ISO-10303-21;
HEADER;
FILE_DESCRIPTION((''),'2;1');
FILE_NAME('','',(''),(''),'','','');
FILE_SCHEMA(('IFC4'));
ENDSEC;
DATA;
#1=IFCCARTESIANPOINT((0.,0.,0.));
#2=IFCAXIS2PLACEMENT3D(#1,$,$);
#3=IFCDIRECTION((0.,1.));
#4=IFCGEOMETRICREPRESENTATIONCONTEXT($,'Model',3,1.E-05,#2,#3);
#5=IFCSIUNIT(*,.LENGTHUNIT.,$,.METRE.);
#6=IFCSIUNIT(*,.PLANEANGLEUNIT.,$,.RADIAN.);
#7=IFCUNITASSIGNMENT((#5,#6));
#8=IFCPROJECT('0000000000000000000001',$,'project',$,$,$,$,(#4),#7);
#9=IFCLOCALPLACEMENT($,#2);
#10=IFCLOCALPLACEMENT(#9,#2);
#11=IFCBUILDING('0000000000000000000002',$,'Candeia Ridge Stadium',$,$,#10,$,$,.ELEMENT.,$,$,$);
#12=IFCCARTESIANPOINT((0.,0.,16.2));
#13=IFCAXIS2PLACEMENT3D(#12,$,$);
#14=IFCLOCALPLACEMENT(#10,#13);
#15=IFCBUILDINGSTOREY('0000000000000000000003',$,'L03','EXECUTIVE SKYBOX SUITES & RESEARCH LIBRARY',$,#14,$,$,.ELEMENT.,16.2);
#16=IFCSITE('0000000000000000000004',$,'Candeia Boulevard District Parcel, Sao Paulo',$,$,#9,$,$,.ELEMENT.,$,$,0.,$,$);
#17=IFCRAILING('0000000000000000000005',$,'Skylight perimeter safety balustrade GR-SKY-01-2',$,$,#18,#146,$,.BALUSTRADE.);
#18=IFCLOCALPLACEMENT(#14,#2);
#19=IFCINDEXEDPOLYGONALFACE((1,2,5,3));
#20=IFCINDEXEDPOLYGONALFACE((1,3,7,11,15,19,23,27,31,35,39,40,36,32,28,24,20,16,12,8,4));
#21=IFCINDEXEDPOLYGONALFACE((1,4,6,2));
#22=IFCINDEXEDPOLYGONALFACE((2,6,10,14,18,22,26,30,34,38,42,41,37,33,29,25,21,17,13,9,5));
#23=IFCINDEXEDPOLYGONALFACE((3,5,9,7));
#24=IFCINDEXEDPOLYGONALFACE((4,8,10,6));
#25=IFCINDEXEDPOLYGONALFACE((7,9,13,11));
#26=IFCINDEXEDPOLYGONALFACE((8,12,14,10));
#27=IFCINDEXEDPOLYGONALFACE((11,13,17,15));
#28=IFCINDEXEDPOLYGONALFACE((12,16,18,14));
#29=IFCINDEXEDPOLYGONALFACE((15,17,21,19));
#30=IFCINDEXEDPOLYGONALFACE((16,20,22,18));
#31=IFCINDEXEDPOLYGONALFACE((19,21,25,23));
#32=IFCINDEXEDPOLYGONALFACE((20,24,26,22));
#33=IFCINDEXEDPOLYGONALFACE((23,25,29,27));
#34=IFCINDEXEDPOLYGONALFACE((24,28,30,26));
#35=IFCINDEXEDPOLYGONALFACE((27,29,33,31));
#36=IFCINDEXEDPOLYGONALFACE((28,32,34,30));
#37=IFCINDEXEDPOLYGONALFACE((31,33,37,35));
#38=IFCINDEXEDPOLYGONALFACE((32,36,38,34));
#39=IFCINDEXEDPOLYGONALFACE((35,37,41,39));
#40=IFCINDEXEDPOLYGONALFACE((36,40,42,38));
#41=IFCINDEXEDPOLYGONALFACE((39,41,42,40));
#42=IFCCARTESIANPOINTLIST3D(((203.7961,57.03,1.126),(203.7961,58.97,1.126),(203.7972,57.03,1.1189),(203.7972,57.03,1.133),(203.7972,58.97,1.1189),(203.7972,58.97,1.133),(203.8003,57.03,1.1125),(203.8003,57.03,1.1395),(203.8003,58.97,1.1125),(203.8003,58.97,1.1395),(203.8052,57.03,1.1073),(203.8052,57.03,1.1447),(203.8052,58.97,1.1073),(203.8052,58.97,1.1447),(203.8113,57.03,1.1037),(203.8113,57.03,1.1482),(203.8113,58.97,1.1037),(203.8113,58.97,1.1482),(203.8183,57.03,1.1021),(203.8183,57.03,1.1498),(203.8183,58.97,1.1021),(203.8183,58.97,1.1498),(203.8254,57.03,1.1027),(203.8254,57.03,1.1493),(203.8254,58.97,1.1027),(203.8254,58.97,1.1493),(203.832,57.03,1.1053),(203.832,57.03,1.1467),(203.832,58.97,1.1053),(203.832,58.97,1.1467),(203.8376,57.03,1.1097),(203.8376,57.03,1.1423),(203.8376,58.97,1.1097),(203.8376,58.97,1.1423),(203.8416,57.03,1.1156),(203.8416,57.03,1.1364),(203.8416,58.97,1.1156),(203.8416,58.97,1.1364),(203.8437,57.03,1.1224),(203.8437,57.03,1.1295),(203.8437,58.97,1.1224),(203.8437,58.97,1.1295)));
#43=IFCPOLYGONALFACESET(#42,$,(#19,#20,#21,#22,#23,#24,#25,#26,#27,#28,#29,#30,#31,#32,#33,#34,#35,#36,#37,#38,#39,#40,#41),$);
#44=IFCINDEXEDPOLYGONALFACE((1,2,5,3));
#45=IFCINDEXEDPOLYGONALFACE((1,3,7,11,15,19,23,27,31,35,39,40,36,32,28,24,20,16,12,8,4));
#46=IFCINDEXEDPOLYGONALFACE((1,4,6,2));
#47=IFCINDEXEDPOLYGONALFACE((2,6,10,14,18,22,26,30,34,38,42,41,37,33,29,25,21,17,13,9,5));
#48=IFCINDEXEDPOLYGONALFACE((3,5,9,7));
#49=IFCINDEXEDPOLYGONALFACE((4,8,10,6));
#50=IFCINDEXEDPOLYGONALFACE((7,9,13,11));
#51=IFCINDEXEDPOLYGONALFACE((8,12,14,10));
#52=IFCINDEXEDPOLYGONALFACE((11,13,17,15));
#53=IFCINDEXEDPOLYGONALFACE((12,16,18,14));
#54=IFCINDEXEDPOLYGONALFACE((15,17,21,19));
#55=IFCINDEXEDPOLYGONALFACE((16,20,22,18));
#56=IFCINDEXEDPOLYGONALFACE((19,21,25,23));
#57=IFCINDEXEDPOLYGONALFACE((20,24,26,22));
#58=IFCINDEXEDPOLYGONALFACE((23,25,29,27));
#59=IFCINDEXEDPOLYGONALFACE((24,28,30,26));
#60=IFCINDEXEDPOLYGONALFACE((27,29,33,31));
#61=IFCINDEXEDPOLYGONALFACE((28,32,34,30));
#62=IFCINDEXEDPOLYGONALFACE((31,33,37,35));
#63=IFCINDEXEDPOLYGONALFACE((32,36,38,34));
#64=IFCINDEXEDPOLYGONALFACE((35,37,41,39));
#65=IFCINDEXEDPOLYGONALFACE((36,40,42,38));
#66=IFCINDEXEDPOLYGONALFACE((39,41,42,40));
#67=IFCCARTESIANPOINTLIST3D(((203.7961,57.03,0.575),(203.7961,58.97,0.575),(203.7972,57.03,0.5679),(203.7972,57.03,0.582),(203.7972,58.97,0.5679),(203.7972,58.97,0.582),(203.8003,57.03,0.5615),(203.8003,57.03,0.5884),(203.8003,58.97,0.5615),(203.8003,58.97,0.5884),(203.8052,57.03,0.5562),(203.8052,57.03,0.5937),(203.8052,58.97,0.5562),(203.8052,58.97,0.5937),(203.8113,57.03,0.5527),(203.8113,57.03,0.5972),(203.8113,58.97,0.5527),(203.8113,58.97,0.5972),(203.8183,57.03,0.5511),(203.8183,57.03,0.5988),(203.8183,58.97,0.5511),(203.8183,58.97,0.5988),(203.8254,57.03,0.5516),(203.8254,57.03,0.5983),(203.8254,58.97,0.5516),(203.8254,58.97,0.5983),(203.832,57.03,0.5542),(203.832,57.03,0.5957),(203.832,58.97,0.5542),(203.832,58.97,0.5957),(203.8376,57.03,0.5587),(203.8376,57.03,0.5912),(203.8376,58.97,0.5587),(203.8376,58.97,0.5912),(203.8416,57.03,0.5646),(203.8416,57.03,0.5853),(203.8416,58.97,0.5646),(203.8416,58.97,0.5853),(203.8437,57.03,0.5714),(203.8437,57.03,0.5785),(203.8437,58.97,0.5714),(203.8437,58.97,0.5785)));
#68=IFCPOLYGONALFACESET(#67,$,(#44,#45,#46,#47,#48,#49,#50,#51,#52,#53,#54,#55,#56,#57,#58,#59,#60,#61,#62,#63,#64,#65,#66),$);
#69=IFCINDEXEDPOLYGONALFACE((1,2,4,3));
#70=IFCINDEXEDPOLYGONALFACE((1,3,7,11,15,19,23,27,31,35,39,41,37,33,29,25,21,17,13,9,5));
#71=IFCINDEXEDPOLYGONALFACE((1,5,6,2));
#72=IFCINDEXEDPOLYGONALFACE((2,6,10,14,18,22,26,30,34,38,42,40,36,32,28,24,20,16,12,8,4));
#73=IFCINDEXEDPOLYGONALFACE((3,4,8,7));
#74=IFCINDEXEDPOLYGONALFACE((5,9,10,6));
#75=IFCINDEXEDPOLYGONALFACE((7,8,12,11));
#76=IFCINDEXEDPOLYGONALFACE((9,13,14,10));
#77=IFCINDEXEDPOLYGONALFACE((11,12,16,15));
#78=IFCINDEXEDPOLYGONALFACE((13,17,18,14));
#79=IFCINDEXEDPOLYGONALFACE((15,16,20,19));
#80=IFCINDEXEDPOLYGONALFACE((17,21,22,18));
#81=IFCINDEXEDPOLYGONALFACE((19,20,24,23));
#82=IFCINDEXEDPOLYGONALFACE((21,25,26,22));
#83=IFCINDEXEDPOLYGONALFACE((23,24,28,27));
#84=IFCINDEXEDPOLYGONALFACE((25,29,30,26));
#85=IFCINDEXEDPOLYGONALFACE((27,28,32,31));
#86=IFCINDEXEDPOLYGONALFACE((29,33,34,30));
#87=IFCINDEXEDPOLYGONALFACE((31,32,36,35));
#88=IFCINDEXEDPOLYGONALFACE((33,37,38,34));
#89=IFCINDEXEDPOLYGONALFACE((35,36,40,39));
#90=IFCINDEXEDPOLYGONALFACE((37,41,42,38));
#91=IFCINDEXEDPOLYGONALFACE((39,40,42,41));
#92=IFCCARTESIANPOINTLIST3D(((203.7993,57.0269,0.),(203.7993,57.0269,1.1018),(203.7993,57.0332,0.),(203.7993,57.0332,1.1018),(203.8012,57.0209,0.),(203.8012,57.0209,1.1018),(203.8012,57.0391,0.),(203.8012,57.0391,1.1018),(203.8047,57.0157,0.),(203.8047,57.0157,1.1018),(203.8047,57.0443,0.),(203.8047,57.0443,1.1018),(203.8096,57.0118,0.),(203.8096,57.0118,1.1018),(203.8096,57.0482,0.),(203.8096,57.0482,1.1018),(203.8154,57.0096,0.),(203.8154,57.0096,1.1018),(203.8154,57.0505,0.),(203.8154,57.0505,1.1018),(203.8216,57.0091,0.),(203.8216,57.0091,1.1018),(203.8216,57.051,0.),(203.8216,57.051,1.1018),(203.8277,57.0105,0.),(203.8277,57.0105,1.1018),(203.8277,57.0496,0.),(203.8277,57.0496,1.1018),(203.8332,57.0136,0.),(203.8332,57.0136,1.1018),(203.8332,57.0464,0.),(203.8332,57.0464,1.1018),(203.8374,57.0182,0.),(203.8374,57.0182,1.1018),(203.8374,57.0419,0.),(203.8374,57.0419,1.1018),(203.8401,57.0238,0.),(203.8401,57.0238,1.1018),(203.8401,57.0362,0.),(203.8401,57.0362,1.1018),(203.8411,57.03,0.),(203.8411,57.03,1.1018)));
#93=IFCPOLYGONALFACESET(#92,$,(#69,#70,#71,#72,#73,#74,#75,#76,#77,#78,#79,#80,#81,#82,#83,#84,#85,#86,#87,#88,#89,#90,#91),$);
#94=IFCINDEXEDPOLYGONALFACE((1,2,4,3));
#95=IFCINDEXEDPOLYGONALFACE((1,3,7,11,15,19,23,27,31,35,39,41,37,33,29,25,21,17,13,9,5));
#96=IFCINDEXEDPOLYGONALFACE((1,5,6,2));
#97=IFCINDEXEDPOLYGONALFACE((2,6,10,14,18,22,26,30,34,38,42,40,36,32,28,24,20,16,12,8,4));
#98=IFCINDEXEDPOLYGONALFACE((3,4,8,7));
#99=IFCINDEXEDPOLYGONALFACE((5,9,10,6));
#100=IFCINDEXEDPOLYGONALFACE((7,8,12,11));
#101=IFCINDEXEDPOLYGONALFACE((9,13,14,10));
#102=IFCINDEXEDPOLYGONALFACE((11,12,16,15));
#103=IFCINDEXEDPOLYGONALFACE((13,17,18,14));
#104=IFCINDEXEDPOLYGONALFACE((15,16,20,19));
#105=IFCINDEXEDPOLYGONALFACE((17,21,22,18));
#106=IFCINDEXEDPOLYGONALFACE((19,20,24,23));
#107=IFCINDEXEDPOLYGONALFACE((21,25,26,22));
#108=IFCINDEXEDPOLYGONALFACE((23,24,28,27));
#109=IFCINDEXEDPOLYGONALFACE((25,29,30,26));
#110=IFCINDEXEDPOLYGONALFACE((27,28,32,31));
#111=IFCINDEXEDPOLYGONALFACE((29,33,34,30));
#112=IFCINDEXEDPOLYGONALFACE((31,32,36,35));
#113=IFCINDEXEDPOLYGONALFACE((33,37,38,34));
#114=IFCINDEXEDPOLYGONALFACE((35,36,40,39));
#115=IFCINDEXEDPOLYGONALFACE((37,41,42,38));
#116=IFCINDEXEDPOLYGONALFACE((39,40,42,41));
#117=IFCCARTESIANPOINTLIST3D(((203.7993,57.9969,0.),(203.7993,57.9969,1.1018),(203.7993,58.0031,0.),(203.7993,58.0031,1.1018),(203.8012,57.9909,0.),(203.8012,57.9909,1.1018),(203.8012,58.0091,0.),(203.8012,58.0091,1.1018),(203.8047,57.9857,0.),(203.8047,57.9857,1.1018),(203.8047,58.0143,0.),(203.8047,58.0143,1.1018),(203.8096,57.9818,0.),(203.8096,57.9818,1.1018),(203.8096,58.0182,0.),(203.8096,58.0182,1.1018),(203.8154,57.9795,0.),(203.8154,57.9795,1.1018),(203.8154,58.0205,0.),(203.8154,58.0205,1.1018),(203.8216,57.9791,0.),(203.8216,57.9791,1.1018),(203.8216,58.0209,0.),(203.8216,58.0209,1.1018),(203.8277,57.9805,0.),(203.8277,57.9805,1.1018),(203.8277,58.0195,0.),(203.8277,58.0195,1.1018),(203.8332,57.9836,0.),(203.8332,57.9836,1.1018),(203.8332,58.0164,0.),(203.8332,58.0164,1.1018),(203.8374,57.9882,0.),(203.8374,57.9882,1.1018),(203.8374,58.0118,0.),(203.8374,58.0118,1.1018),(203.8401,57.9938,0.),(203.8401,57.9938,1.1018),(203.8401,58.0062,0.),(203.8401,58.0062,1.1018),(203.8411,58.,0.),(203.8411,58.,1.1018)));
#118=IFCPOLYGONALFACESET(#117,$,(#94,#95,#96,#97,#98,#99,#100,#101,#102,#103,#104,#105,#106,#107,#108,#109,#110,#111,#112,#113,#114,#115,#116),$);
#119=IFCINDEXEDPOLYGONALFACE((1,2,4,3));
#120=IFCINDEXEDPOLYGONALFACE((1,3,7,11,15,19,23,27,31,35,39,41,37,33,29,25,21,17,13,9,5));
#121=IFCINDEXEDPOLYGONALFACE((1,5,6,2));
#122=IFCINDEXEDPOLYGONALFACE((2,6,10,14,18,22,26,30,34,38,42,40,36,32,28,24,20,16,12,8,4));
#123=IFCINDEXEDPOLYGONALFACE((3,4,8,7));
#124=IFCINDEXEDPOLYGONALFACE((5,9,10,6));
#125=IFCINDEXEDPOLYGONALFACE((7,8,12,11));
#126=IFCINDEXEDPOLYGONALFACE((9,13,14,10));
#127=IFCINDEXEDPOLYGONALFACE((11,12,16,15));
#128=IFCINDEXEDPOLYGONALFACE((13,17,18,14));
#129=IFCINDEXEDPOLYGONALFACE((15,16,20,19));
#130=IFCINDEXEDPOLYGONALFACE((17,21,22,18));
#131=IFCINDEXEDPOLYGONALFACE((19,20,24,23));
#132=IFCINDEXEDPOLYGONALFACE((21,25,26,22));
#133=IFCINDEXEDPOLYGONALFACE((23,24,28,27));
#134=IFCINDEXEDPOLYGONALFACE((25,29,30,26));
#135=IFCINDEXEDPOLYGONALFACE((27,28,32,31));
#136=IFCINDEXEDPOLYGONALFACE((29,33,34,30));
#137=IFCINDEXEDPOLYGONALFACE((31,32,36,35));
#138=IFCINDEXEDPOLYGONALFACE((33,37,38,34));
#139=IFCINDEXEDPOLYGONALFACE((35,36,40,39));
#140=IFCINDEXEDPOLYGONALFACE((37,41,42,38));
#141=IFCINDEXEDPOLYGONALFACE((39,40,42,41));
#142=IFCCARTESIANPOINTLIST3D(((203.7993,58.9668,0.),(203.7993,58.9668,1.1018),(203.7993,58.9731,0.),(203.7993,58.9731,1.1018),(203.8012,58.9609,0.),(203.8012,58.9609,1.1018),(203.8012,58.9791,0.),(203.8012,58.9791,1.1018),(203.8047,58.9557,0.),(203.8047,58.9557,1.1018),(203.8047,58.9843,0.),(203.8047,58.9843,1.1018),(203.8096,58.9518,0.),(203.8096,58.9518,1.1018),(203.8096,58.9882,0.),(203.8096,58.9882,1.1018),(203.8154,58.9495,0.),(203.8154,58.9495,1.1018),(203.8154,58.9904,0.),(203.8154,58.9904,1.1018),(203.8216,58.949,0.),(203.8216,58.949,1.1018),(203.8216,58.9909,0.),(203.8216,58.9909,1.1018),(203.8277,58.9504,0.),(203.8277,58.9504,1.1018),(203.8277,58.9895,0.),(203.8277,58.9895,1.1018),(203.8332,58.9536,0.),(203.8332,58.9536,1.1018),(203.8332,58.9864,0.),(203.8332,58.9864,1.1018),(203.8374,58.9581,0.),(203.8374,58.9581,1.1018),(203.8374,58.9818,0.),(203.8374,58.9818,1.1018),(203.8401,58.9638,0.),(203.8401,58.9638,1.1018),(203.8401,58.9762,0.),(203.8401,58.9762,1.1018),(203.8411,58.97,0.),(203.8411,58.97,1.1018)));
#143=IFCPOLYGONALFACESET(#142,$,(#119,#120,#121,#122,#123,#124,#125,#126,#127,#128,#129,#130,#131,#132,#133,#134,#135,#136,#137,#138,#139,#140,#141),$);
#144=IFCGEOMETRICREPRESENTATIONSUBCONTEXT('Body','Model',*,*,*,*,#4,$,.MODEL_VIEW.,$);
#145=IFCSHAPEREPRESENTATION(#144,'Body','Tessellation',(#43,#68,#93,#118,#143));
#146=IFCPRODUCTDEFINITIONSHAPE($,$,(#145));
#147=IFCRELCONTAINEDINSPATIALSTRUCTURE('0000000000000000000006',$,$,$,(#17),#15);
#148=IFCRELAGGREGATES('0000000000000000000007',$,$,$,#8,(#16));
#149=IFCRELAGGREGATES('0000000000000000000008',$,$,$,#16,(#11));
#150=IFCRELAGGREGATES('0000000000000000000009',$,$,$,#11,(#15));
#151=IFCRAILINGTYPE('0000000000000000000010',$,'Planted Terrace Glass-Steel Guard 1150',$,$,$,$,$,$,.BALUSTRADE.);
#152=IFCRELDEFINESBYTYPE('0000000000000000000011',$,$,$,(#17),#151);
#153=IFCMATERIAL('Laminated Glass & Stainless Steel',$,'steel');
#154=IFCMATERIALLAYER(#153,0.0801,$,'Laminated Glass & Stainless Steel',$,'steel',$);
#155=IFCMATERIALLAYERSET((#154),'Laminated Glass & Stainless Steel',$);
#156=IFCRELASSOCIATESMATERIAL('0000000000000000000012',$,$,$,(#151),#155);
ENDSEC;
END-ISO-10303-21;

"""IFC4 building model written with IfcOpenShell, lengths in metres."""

from ifc_helpers import new_model, si_unit, direction, frame, origin, origin_2d, place, context, subcontext, project, spatial, circle, extrude, material, layer, layer_set, type_object, element, save


model = new_model("IFC4")

# Units and contexts
model_context = context("Model", 3, precision=1e-05, world=origin(), true_north=direction((0.0, 1.0)))
body_context = subcontext(model_context, "Body", "Model", "MODEL_VIEW")
ifc_project = project(units=[si_unit("LENGTHUNIT", "METRE"), si_unit("PLANEANGLEUNIT", "RADIAN")], contexts=[model_context])

# Site, building, storey
site_placement = place(None, origin())
site = spatial("IfcSite", under=ifc_project, at=site_placement, Name="Candeia Boulevard District Parcel, Sao Paulo", CompositionType="ELEMENT", RefElevation=0.0)
building_placement = place(site_placement, origin())
building = spatial("IfcBuilding", under=site, at=building_placement, Name="Candeia Ridge Stadium", CompositionType="ELEMENT")
storey_placement = place(building_placement, frame((0.0, 0.0, 16.2)))
storey = spatial("IfcBuildingStorey", under=building, at=storey_placement, Name="L03", Description="EXECUTIVE SKYBOX SUITES & RESEARCH LIBRARY", CompositionType="ELEMENT", Elevation=16.2)

# Railing
ifc_material_1 = material(Name="Laminated Glass & Stainless Steel", Category="steel")
ifc_layer_1 = layer(ifc_material_1, 0.0801, Name="Laminated Glass & Stainless Steel", Category="steel")
ifc_layer_set_1 = layer_set([ifc_layer_1], Name="Laminated Glass & Stainless Steel")
railing_type = type_object("IfcRailingType", Name="Planted Terrace Glass-Steel Guard 1150", PredefinedType="BALUSTRADE", material=ifc_layer_set_1)
railing_1_placement = place(storey_placement, frame((203.8201, 57.03, 0.0)))
element("IfcRailing", 1, at=railing_1_placement, inside=storey, type_object=railing_type, Name="Skylight perimeter safety balustrade GR-SKY-01-2", PredefinedType="BALUSTRADE", context=body_context, shape_type="SweptSolid", body=[
    extrude(circle(Radius=0.0239, at=origin_2d()), frame((0.0, 0.0, 1.126), z_axis=(0.0, 1.0, 0.0), x_axis=(-1.0, 0.0, 0.0)), (0.0, 0.0, 1.0), 1.9399),
    extrude(circle(Radius=0.0239, at=origin_2d()), frame((0.0, 0.0, 0.575), z_axis=(0.0, 1.0, 0.0), x_axis=(-1.0, 0.0, 0.0)), (0.0, 0.0, 1.0), 1.9399),
    extrude(circle(Radius=0.021, at=origin_2d()), origin(), (0.0, 0.0, 1.0), 1.1018),
    extrude(circle(Radius=0.021, at=origin_2d()), frame((0.0, 0.97, 0.0)), (0.0, 0.0, 1.0), 1.1018),
    extrude(circle(Radius=0.021, at=origin_2d()), frame((0.0, 1.9399, 0.0)), (0.0, 0.0, 1.0), 1.1018),
])

save(model, "model.ifc")
